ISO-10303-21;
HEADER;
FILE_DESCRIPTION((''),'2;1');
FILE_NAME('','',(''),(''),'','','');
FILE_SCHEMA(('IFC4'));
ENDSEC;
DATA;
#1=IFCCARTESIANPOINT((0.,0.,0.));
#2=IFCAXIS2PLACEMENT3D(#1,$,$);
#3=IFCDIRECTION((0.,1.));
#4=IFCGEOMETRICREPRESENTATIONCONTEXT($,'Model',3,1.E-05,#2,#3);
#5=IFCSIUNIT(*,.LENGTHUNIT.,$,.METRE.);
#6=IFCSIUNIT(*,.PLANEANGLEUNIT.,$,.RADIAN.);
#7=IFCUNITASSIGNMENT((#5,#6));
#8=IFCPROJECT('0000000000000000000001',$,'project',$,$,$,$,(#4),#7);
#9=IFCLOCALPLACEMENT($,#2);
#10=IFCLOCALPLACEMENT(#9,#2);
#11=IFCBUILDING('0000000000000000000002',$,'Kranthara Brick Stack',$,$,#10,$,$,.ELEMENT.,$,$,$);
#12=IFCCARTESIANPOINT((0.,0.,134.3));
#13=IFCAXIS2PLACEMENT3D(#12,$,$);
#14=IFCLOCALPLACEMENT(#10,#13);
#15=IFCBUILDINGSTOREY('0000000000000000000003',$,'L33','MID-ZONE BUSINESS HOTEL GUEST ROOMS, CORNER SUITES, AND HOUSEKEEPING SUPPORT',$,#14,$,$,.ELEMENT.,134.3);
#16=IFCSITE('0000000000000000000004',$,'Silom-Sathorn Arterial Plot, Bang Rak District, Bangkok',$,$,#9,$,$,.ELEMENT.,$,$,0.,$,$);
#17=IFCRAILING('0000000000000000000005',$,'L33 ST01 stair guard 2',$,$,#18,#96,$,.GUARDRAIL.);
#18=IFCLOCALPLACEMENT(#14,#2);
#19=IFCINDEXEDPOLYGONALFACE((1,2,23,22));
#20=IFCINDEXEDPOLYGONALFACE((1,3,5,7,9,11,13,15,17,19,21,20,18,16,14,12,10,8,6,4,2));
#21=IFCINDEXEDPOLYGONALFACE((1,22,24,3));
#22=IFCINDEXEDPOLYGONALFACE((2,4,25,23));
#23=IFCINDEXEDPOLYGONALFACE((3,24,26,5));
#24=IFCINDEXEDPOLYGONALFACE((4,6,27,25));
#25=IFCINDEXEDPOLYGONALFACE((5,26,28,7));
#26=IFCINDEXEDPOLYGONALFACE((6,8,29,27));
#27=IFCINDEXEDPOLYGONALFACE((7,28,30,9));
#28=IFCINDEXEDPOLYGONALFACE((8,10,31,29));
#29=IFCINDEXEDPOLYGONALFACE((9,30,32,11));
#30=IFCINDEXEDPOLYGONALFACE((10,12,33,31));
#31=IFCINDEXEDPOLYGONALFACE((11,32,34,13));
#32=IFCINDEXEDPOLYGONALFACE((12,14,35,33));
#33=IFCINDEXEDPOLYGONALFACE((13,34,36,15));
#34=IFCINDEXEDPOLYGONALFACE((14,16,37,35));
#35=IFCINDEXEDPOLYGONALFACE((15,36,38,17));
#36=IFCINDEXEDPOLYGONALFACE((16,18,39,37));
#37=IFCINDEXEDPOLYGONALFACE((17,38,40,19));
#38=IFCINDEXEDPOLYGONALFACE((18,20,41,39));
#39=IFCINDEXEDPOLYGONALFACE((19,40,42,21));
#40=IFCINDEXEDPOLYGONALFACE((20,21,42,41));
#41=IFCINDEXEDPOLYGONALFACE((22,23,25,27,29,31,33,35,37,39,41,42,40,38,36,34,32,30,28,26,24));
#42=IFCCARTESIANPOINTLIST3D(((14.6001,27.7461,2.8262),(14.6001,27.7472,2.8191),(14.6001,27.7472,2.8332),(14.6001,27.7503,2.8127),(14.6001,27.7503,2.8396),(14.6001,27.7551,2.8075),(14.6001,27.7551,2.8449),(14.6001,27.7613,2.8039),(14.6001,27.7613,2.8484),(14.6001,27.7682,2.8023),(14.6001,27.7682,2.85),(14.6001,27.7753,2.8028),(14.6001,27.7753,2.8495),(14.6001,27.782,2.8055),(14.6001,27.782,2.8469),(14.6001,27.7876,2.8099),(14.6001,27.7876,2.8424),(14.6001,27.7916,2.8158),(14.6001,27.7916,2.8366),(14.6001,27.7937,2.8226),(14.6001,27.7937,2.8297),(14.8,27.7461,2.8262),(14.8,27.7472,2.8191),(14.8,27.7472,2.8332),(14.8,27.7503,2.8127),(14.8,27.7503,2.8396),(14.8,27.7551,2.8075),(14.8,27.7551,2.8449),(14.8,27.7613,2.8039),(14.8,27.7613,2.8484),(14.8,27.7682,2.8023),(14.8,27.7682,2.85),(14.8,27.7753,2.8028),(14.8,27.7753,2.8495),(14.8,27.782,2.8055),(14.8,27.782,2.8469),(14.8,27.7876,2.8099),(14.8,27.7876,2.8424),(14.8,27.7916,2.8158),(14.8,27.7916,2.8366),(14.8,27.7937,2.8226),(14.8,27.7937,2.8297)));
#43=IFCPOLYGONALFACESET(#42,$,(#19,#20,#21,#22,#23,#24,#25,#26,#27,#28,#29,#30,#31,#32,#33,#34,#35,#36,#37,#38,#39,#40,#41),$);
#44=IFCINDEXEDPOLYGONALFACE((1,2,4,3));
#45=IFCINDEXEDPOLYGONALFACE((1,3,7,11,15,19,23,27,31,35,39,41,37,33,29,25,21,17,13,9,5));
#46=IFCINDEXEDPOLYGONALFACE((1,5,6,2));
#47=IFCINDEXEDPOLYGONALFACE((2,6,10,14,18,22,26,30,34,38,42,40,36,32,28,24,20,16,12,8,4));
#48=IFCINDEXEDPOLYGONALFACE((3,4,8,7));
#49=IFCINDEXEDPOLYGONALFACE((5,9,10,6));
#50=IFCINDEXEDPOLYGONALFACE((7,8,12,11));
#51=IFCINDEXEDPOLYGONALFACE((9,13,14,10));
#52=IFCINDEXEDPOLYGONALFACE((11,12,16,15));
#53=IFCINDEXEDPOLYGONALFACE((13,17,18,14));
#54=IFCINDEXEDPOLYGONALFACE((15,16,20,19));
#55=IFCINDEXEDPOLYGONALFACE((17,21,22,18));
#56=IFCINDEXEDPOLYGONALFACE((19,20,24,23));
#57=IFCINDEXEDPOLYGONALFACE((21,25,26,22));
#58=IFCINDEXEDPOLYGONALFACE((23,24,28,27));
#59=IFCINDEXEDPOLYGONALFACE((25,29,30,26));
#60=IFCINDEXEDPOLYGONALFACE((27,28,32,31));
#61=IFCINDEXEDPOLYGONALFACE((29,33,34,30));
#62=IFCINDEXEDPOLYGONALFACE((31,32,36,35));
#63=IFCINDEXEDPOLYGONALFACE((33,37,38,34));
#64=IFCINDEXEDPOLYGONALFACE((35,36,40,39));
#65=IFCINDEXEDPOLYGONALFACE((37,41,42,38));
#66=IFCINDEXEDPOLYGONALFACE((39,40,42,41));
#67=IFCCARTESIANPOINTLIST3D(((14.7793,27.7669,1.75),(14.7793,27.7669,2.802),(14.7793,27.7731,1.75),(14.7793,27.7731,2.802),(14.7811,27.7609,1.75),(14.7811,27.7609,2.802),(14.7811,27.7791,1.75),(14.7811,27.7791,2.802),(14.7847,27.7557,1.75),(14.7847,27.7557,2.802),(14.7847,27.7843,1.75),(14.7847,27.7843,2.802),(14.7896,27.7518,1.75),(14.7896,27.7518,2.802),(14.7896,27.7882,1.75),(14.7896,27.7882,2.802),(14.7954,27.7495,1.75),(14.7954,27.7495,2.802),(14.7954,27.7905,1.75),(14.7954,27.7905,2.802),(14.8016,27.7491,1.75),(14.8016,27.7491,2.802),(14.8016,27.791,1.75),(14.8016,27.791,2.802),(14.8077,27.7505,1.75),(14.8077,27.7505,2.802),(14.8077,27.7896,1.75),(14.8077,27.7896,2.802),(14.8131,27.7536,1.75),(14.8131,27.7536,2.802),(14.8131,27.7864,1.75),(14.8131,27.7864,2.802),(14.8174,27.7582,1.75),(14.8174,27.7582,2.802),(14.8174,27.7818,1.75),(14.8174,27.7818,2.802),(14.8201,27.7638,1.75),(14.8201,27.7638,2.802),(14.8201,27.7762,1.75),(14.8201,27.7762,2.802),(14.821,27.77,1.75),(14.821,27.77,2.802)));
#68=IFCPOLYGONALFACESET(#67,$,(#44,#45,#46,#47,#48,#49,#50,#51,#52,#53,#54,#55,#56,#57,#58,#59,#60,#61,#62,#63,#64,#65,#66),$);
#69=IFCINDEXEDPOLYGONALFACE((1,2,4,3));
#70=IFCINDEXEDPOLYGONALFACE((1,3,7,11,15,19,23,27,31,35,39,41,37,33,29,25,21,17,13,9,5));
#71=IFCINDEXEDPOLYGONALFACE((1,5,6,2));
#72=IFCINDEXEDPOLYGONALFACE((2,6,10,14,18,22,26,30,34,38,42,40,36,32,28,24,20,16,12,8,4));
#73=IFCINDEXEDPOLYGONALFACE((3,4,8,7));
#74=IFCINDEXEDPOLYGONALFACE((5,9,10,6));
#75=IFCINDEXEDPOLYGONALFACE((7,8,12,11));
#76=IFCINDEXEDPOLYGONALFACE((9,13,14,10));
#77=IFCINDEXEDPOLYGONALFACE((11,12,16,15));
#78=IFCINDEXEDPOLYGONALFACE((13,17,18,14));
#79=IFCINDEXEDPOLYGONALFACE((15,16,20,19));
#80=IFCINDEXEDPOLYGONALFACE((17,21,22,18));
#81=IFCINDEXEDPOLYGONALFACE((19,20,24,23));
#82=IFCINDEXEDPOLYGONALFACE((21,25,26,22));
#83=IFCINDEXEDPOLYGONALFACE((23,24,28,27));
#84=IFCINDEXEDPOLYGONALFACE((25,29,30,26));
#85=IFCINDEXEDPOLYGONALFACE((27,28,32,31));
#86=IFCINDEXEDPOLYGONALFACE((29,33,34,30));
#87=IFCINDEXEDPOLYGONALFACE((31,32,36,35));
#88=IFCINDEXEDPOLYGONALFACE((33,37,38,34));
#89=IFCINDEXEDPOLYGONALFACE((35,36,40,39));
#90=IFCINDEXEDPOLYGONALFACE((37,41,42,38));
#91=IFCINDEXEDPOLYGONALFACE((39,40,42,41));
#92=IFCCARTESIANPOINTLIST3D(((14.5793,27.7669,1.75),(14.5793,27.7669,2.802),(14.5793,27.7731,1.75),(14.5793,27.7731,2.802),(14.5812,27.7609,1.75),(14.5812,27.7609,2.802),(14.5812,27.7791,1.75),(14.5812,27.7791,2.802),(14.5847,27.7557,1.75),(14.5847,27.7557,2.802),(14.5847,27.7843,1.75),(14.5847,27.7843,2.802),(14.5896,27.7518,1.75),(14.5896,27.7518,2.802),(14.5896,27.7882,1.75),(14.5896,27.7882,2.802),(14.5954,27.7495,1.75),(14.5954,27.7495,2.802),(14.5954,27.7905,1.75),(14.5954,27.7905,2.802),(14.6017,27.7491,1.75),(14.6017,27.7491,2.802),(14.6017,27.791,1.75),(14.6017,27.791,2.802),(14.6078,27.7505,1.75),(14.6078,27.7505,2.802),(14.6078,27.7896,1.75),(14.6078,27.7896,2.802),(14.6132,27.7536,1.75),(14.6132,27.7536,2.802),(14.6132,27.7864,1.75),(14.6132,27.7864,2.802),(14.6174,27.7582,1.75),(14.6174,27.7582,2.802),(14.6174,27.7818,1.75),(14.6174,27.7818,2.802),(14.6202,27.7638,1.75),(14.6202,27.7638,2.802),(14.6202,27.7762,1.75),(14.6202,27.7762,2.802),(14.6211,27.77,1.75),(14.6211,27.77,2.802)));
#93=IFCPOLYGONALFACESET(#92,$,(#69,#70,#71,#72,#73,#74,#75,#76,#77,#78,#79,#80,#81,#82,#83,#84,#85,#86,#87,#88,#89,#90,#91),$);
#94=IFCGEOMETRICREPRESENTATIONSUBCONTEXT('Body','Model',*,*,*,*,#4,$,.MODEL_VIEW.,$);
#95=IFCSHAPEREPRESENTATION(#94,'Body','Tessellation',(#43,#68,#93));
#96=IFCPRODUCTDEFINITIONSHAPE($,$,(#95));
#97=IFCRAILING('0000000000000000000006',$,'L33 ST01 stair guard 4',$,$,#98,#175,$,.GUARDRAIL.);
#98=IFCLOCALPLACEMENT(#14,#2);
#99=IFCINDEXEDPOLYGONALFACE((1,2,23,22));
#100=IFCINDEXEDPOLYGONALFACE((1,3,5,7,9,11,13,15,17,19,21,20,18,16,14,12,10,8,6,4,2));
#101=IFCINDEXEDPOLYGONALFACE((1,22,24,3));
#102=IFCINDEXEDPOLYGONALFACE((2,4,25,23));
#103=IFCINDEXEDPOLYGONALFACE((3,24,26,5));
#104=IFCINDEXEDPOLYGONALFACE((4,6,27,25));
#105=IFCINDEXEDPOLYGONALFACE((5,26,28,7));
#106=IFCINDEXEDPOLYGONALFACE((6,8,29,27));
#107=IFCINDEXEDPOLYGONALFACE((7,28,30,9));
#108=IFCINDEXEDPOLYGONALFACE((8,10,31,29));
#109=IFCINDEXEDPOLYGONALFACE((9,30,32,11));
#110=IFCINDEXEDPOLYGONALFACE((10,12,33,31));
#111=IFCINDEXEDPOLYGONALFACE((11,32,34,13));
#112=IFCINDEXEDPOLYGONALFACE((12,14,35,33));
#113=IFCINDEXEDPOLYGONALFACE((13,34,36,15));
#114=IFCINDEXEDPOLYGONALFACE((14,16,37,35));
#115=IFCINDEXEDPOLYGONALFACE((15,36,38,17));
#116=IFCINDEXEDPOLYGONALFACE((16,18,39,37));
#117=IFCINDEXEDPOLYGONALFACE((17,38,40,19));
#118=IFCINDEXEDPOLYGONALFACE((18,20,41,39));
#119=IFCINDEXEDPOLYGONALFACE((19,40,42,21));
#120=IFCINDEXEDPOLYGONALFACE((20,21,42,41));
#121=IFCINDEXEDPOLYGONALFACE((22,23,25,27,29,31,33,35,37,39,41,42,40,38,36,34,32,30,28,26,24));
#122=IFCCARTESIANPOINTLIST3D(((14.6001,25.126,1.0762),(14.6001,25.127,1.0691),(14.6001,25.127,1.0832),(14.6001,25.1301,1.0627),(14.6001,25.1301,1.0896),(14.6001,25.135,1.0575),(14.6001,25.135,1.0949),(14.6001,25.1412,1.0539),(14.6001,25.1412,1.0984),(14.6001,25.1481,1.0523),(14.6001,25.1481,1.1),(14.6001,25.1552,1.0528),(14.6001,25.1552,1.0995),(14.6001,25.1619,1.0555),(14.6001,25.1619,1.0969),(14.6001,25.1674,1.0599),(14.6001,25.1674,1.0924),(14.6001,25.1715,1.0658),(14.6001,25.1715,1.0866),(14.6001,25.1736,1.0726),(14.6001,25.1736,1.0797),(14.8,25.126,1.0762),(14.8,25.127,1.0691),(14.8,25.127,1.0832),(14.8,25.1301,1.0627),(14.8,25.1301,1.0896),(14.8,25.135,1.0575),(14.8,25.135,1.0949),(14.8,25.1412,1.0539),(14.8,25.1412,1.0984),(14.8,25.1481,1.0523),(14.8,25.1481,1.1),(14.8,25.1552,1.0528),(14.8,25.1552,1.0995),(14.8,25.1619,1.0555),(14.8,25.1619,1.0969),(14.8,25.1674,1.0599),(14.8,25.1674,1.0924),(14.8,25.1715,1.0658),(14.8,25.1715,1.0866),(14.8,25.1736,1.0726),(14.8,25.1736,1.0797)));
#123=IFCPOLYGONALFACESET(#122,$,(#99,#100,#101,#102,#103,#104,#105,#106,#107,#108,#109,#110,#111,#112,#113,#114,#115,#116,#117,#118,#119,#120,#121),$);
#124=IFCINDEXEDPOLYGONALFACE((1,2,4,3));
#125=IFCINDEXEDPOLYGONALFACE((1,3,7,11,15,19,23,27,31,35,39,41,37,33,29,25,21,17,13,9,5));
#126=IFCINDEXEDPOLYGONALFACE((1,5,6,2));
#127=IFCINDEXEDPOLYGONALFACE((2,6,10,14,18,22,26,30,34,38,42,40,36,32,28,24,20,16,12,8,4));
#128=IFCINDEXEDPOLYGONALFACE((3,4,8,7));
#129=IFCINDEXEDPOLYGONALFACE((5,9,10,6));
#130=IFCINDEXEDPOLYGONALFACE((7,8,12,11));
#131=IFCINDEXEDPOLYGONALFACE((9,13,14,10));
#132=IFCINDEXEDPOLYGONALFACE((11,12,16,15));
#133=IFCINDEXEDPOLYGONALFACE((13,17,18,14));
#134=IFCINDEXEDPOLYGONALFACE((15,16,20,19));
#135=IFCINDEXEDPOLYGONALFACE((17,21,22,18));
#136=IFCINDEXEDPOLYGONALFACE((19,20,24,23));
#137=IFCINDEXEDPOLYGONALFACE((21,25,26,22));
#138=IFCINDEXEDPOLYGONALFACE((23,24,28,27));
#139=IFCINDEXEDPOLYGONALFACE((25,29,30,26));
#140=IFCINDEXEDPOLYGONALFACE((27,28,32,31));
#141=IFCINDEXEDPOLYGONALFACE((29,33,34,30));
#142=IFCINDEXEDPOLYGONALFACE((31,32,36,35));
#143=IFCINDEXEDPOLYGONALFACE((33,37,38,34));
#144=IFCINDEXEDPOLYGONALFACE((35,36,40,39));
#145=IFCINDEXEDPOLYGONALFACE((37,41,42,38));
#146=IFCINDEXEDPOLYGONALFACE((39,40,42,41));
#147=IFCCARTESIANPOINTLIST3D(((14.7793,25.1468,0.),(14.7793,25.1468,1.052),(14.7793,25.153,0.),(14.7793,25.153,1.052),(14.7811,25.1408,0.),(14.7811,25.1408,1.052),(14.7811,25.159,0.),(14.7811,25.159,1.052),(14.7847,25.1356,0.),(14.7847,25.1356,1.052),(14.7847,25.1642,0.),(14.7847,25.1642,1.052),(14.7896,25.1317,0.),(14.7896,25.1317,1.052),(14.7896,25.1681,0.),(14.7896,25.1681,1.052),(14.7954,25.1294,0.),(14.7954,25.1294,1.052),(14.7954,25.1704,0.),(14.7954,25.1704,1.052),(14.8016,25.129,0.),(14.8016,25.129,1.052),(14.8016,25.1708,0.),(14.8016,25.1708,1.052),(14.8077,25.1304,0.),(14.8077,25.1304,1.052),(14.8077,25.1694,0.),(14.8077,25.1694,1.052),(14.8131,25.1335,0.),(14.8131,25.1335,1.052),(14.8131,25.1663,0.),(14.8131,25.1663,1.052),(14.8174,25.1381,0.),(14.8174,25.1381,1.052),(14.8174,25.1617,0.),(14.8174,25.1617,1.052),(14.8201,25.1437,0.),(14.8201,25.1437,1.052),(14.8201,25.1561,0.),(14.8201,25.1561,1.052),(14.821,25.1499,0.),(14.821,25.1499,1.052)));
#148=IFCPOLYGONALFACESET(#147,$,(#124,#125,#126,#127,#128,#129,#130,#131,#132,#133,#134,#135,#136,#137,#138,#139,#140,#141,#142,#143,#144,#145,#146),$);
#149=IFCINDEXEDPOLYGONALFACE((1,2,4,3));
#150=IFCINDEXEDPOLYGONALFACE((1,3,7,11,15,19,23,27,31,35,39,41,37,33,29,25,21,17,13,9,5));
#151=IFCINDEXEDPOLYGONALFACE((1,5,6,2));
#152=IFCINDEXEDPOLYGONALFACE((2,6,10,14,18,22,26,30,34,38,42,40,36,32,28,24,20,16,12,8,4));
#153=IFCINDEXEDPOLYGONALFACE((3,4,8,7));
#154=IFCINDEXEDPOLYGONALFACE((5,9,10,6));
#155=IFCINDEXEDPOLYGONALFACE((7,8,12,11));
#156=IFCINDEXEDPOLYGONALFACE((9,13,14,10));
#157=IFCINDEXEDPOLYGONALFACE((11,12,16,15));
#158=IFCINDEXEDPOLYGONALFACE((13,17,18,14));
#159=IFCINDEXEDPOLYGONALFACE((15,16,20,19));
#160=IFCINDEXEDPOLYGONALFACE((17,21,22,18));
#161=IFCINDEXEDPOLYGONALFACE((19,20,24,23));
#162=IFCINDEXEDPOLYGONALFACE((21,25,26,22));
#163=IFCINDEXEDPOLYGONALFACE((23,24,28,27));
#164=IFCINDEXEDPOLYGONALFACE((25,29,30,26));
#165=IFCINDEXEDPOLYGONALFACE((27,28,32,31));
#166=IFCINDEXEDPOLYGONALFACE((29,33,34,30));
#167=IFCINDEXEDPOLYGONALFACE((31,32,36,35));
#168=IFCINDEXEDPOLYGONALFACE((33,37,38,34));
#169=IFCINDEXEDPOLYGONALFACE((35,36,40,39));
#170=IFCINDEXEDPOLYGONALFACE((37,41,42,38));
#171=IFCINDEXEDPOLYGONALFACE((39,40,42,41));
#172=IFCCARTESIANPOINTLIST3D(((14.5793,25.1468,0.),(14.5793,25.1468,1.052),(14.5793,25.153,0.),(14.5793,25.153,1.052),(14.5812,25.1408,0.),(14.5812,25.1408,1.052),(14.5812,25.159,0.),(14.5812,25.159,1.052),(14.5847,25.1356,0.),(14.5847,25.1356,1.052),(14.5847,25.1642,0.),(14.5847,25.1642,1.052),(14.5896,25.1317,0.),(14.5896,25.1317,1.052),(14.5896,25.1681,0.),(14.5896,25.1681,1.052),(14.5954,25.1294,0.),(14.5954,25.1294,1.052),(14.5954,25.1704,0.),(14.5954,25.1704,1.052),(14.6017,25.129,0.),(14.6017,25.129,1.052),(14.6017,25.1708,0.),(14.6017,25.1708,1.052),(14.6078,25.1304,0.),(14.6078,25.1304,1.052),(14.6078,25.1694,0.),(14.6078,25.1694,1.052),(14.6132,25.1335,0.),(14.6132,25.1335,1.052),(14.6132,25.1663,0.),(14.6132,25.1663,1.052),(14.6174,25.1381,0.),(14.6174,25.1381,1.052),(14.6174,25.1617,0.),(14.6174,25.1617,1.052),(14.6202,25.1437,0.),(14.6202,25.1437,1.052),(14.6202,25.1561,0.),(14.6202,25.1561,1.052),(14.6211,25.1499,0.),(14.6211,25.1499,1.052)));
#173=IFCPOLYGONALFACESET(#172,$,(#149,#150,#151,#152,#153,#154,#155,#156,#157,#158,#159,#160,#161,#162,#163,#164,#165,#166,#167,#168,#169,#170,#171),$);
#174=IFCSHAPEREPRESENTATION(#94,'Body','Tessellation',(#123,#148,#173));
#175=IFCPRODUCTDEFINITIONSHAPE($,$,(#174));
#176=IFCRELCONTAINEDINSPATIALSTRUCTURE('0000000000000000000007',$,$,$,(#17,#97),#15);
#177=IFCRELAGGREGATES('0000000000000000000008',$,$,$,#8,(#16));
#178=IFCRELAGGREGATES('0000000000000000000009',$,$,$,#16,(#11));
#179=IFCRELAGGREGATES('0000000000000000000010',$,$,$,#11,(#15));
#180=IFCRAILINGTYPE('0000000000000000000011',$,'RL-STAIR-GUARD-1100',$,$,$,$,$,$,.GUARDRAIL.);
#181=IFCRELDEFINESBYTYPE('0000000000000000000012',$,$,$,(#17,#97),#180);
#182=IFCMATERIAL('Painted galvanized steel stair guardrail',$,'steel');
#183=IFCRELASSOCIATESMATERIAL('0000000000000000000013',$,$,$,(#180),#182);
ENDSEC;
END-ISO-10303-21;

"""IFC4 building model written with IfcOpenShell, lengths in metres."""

from ifc_helpers import new_model, si_unit, direction, frame, origin, origin_2d, place, context, subcontext, project, spatial, circle, extrude, material, type_object, element, save


model = new_model("IFC4")

# Units and contexts
model_context = context("Model", 3, precision=1e-05, world=origin(), true_north=direction((0.0, 1.0)))
body_context = subcontext(model_context, "Body", "Model", "MODEL_VIEW")
ifc_project = project(units=[si_unit("LENGTHUNIT", "METRE"), si_unit("PLANEANGLEUNIT", "RADIAN")], contexts=[model_context])

# Site, building, storey
site_placement = place(None, origin())
site = spatial("IfcSite", under=ifc_project, at=site_placement, Name="Silom-Sathorn Arterial Plot, Bang Rak District, Bangkok", CompositionType="ELEMENT", RefElevation=0.0)
building_placement = place(site_placement, origin())
building = spatial("IfcBuilding", under=site, at=building_placement, Name="Kranthara Brick Stack", CompositionType="ELEMENT")
storey_placement = place(building_placement, frame((0.0, 0.0, 134.3)))
storey = spatial("IfcBuildingStorey", under=building, at=storey_placement, Name="L33", Description="MID-ZONE BUSINESS HOTEL GUEST ROOMS, CORNER SUITES, AND HOUSEKEEPING SUPPORT", CompositionType="ELEMENT", Elevation=134.3)

# Railings
ifc_material_1 = material(Name="Painted galvanized steel stair guardrail", Category="steel")
railing_type_1 = type_object("IfcRailingType", Name="RL-STAIR-GUARD-1100", PredefinedType="GUARDRAIL", material=ifc_material_1)
for number, where, name in (
    (1, (14.8, 27.77, 1.75), "L33 ST01 stair guard 2"),
    (2, (14.8, 25.1499, 0.0), "L33 ST01 stair guard 4"),
):
    element("IfcRailing", number, at=place(storey_placement, frame(where)), inside=storey, type_object=railing_type_1, Name=name, PredefinedType="GUARDRAIL", context=body_context, shape_type="SweptSolid", body=[
        extrude(circle(Radius=0.0239, at=origin_2d()), frame((0.0, 0.0, 1.0762), z_axis=(-1.0, 0.0, 0.0), x_axis=(0.0, -1.0, 0.0)), (0.0, 0.0, 1.0), 0.2),
        extrude(circle(Radius=0.021, at=origin_2d()), origin(), (0.0, 0.0, 1.0), 1.052),
        extrude(circle(Radius=0.021, at=origin_2d()), frame((-0.2, 0.0, 0.0)), (0.0, 0.0, 1.0), 1.052),
    ])

save(model, "model.ifc")
